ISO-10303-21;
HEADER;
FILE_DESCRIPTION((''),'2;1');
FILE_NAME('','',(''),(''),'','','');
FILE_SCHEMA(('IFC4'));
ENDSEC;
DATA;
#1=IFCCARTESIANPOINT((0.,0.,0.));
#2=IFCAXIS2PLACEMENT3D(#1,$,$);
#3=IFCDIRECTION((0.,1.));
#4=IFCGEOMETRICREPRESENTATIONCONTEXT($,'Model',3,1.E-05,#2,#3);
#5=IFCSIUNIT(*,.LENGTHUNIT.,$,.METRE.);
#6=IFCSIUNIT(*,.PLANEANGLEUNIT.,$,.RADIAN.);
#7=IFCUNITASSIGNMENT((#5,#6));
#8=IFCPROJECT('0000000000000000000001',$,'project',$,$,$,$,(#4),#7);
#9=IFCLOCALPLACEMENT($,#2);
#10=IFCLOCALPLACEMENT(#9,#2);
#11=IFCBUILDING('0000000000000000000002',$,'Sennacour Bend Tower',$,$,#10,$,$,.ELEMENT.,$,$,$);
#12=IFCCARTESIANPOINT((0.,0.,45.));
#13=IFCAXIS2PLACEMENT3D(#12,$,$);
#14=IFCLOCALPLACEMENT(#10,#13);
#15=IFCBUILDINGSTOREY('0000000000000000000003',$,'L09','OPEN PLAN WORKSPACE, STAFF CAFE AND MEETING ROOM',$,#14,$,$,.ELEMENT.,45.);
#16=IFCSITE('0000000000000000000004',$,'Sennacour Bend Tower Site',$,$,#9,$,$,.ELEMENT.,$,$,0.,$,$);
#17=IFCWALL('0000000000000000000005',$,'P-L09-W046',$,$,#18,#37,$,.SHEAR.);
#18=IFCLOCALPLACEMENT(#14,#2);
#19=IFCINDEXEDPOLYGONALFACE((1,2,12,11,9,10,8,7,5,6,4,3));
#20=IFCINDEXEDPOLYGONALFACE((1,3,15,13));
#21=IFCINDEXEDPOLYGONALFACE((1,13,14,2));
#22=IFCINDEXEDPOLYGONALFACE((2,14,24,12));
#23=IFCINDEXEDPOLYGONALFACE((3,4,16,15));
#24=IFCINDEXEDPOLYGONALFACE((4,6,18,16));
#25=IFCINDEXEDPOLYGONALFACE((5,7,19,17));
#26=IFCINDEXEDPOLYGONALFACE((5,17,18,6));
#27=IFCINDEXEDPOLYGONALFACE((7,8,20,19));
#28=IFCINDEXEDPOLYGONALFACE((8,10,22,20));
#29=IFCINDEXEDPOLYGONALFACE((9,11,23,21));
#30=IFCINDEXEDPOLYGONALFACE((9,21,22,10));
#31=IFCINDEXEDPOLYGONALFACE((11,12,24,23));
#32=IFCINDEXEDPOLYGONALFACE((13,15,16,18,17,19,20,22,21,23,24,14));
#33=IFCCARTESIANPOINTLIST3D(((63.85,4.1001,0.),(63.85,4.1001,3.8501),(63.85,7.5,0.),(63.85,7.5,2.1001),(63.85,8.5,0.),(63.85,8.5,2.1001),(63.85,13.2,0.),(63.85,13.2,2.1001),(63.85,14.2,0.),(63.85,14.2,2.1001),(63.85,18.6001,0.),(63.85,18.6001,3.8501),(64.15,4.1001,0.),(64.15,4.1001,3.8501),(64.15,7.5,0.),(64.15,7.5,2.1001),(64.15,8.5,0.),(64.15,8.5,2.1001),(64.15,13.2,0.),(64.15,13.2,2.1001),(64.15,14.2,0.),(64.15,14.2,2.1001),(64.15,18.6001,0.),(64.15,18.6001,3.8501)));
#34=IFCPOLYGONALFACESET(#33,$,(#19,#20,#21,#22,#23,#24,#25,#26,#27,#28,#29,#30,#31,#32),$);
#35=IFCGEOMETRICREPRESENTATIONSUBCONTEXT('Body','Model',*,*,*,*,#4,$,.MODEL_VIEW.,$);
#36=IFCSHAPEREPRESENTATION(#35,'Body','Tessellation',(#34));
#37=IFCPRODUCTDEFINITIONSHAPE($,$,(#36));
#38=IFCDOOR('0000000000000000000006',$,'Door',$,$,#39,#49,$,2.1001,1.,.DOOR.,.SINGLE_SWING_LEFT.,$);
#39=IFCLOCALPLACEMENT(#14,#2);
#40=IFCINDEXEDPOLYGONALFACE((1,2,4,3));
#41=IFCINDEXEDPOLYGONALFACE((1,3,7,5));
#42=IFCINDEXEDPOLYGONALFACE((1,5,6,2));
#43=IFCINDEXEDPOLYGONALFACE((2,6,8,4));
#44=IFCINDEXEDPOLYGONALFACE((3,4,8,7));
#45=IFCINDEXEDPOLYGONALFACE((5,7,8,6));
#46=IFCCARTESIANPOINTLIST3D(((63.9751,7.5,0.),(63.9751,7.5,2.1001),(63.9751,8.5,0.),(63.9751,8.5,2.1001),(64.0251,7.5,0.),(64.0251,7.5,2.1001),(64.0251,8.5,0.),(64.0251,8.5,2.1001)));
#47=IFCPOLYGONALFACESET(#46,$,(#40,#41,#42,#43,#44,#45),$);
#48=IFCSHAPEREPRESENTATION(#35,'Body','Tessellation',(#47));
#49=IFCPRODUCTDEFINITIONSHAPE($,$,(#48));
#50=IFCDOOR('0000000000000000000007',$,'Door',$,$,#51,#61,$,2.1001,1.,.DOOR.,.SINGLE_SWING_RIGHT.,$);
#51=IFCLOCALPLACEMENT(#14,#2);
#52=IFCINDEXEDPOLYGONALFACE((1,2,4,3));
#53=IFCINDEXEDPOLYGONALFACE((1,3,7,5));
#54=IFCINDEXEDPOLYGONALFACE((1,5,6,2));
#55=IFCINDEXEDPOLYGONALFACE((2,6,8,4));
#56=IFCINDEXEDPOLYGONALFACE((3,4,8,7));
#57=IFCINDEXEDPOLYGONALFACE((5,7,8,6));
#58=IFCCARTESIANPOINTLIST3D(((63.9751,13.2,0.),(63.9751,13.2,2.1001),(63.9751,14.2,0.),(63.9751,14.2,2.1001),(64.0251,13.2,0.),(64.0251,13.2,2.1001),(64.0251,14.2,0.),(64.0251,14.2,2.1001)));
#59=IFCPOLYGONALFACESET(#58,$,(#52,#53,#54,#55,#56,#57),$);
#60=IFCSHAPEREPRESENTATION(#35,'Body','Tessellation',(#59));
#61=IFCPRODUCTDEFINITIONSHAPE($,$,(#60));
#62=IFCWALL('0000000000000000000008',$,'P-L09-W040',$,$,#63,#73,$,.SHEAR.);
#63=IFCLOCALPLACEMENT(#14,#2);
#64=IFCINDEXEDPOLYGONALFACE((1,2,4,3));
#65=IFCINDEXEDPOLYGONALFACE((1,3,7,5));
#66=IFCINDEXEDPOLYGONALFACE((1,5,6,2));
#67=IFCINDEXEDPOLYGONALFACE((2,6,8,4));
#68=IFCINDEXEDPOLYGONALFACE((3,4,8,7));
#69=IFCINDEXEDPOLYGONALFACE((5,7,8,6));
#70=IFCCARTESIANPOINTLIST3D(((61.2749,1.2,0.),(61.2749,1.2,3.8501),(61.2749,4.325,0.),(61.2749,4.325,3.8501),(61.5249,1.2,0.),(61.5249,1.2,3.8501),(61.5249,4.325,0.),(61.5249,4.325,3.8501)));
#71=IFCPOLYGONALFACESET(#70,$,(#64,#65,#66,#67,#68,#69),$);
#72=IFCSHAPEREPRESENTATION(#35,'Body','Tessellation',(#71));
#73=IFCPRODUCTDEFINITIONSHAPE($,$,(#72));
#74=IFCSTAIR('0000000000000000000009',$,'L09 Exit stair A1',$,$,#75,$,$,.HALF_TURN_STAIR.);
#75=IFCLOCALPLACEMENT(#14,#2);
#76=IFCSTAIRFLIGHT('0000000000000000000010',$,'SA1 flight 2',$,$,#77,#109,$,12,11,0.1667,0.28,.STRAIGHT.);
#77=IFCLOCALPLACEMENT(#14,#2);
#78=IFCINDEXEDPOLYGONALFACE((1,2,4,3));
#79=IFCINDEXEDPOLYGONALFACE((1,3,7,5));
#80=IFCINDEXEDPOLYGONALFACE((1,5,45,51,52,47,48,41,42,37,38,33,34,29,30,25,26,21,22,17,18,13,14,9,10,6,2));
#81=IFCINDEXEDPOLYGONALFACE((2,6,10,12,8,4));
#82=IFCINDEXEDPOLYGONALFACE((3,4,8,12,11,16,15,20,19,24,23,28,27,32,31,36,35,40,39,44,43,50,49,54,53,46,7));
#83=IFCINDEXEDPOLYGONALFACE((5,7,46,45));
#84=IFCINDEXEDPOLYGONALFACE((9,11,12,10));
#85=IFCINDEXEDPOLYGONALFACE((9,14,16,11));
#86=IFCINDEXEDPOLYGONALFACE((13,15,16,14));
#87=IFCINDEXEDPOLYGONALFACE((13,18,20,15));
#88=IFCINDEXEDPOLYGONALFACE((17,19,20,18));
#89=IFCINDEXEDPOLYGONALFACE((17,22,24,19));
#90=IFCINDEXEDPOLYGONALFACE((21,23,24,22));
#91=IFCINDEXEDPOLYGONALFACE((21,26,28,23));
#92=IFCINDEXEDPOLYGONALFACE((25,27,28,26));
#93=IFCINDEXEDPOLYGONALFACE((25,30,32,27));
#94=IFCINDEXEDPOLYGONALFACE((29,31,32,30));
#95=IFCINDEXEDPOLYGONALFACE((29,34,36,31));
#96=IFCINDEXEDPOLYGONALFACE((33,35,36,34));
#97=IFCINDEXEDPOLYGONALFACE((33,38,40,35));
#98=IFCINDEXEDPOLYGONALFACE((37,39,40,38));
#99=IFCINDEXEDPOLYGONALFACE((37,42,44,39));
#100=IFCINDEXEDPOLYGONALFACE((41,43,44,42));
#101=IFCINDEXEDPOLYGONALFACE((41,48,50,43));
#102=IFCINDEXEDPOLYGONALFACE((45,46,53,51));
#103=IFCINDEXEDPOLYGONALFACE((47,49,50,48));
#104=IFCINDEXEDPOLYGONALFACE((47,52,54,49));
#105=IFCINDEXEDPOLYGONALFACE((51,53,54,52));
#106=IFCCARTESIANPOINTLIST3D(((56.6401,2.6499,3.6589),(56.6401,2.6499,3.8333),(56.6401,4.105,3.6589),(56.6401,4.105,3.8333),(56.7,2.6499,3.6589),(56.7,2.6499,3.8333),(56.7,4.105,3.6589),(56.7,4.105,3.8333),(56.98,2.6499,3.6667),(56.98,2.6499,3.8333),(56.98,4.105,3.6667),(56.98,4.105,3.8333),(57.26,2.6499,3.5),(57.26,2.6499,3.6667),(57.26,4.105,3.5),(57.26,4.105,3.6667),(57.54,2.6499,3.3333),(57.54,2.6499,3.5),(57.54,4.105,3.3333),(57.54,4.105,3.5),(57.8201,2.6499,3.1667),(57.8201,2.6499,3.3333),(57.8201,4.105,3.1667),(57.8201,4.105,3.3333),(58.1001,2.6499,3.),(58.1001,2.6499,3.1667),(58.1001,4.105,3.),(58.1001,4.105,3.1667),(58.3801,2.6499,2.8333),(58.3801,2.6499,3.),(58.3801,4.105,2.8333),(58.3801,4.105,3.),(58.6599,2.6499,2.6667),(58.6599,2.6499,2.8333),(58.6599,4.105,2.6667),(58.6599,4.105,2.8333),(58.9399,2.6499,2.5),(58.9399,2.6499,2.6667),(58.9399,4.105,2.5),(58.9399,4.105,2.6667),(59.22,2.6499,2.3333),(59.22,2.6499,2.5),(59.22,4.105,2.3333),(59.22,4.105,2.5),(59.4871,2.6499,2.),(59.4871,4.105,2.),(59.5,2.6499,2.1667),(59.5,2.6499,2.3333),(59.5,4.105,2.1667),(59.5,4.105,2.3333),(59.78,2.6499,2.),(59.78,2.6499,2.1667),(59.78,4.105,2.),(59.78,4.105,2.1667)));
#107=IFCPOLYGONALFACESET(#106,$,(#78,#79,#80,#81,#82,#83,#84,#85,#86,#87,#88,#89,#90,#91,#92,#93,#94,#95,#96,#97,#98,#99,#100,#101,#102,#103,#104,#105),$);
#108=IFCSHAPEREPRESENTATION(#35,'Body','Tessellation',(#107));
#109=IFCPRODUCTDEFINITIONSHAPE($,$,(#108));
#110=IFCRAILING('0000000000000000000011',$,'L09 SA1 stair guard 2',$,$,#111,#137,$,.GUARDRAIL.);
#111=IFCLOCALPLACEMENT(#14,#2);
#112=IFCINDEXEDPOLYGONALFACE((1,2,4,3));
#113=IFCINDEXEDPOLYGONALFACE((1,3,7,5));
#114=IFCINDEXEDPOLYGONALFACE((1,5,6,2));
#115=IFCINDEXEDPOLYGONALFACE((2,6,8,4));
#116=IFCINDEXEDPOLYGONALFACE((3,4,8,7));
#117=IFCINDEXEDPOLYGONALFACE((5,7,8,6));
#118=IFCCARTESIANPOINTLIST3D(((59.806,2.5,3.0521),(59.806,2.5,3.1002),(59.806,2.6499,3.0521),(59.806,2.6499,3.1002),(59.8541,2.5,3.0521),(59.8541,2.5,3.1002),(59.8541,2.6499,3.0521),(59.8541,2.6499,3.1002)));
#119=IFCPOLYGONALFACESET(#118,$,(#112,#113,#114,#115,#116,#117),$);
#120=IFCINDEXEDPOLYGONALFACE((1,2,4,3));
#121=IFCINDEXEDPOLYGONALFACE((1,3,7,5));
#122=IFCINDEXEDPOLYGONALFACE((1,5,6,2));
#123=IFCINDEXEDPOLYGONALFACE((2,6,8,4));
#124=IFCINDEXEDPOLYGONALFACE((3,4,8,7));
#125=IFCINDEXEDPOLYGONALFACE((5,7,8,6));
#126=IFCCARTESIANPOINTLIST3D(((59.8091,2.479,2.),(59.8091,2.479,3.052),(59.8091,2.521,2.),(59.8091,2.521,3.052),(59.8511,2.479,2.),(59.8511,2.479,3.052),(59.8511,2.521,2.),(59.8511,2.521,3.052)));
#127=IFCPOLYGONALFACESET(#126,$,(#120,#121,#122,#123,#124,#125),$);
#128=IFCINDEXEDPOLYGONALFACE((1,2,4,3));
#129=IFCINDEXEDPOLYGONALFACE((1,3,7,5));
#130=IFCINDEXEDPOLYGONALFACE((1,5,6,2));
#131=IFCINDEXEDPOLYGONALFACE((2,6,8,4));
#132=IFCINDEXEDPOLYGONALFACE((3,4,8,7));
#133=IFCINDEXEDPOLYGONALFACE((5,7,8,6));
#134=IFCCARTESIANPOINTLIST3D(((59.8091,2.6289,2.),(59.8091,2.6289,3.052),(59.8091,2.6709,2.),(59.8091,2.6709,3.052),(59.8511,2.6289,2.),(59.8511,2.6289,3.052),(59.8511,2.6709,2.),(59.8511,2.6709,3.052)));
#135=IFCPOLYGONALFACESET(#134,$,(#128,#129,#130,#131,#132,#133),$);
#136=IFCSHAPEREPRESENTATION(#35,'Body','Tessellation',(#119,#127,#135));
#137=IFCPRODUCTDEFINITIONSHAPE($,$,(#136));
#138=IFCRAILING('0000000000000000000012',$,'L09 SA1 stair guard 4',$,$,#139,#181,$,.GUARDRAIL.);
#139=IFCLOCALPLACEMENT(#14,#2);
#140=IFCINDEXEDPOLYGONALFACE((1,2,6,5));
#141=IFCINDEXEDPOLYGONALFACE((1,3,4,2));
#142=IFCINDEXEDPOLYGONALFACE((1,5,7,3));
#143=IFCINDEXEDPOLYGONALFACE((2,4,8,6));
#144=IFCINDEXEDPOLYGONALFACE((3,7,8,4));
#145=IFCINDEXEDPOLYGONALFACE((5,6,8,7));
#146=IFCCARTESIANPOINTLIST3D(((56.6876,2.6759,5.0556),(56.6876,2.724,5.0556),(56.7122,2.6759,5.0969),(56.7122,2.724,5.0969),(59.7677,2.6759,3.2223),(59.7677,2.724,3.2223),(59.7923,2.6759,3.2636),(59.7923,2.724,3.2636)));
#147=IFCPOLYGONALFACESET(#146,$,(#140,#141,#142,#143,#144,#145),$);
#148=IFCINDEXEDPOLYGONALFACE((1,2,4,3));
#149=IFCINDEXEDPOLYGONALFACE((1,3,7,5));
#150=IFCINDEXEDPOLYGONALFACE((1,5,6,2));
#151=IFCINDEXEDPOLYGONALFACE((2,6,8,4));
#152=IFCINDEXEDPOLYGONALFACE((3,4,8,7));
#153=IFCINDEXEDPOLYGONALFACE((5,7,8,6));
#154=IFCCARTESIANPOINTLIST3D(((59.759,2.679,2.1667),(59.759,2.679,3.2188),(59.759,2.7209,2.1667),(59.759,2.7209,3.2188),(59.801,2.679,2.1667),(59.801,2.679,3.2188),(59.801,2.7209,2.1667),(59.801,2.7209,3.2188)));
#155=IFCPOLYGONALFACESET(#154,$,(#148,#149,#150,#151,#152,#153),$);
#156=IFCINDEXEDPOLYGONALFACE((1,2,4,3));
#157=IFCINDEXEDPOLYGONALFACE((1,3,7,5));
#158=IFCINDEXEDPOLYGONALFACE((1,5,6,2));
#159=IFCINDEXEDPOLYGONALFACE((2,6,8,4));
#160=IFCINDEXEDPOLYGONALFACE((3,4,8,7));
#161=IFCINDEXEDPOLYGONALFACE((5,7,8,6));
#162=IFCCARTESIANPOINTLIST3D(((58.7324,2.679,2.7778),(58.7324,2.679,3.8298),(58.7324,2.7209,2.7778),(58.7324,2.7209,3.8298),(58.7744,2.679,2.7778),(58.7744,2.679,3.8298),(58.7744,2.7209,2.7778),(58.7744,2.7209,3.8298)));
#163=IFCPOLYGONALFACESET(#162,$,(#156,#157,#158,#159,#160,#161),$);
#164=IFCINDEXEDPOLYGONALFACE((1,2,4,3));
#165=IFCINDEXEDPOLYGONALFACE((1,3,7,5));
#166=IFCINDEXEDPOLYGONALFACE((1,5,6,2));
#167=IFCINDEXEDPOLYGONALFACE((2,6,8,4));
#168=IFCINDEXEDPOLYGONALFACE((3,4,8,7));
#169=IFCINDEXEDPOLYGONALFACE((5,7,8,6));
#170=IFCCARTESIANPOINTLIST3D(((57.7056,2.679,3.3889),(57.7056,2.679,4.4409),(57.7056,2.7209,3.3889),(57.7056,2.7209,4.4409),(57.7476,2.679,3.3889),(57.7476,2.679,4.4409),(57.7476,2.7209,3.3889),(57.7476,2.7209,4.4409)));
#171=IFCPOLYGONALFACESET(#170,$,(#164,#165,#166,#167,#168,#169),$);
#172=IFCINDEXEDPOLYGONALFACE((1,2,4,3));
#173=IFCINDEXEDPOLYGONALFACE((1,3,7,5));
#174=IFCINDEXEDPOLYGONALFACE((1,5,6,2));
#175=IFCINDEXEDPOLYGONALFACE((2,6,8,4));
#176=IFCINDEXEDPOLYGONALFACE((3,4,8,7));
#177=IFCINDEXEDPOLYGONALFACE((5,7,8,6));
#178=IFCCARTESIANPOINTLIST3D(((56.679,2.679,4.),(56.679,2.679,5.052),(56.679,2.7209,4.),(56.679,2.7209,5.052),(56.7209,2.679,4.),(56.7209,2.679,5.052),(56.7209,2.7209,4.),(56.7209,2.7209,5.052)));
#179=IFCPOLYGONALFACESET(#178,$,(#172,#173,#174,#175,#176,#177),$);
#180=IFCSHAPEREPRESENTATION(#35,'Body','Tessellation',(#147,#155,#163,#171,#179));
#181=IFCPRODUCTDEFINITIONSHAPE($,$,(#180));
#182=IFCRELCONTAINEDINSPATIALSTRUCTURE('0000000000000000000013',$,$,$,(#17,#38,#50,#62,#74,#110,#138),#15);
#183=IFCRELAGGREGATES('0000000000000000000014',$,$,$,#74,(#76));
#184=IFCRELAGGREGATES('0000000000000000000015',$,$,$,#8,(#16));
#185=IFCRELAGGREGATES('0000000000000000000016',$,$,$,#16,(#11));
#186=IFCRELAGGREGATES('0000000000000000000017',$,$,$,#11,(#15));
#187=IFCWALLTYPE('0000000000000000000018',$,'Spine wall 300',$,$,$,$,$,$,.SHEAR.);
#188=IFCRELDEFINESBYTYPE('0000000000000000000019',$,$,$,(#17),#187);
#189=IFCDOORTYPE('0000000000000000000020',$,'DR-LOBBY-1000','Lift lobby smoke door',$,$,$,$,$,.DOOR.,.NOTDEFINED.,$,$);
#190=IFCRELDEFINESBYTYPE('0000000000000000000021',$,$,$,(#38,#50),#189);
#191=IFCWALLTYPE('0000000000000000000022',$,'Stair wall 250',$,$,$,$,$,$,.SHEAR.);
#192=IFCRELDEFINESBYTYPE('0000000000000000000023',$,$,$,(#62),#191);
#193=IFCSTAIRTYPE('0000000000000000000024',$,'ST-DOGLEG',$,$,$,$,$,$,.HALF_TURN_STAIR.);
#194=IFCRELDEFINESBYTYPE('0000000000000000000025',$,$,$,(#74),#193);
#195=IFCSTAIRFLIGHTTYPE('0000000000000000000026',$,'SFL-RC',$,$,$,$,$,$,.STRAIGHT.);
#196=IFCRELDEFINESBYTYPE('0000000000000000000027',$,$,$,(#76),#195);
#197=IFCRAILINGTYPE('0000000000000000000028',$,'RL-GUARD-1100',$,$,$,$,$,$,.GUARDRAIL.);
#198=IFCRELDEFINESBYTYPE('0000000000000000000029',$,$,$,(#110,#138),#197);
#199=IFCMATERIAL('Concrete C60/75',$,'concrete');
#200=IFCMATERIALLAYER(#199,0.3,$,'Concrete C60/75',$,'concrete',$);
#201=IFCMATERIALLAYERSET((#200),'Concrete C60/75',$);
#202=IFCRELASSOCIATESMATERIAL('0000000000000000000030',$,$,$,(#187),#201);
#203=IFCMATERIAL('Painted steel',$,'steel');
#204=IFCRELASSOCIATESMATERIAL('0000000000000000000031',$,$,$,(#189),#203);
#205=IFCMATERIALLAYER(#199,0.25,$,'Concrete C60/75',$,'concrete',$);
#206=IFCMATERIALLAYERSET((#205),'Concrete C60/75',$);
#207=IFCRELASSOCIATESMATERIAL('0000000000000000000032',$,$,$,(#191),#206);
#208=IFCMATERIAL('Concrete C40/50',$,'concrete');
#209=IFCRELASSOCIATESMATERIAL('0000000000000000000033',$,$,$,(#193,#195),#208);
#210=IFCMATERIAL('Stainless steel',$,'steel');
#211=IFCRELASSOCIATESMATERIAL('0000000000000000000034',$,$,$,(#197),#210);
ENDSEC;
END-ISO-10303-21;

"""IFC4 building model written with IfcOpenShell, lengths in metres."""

from ifc_helpers import new_model, si_unit, direction, frame, frame_2d, origin, origin_2d, place, context, subcontext, project, spatial, polyline, rectangle, outline, extrude, material, layer, layer_set, type_object, element, fill, aggregate, save


model = new_model("IFC4")

# Units and contexts
model_context = context("Model", 3, precision=1e-05, world=origin(), true_north=direction((0.0, 1.0)))
body_context = subcontext(model_context, "Body", "Model", "MODEL_VIEW")
ifc_project = project(units=[si_unit("LENGTHUNIT", "METRE"), si_unit("PLANEANGLEUNIT", "RADIAN")], contexts=[model_context])

# Site, building, storey
site_placement = place(None, origin())
site = spatial("IfcSite", under=ifc_project, at=site_placement, Name="Sennacour Bend Tower Site", CompositionType="ELEMENT", RefElevation=0.0)
building_placement = place(site_placement, origin())
building = spatial("IfcBuilding", under=site, at=building_placement, Name="Sennacour Bend Tower", CompositionType="ELEMENT")
storey_placement = place(building_placement, frame((0.0, 0.0, 45.0)))
storey = spatial("IfcBuildingStorey", under=building, at=storey_placement, Name="L09", Description="OPEN PLAN WORKSPACE, STAFF CAFE AND MEETING ROOM", CompositionType="ELEMENT", Elevation=45.0)

# Shared definitions
ifc_material_1 = material(Name="Painted steel", Category="steel")

# Shared definitions
ifc_material_2 = material(Name="Stainless steel", Category="steel")

# Wall, openings, doors
ifc_material_3 = material(Name="Concrete C60/75", Category="concrete")
ifc_layer_1 = layer(ifc_material_3, 0.3, Name="Concrete C60/75", Category="concrete")
ifc_layer_set_1 = layer_set([ifc_layer_1], Name="Concrete C60/75")
wall_type_1 = type_object("IfcWallType", Name="Spine wall 300", PredefinedType="SHEAR", material=ifc_layer_set_1)
wall_1_placement = place(storey_placement, frame((64.0, 4.1001, 0.0), z_axis=(0.0, 0.0, 1.0), x_axis=(0.0, 1.0, 0.0)))
wall_1 = element("IfcWall", 1, at=wall_1_placement, inside=storey, type_object=wall_type_1, Name="P-L09-W046", PredefinedType="SHEAR", context=body_context, shape_type="SweptSolid", body=[
    extrude(rectangle(XDim=14.5, YDim=0.3, at=frame_2d((7.25, 0.0))), origin(), (0.0, 0.0, 1.0), 3.8501),
])
opening_1_placement = place(wall_1_placement, frame((3.3999, 0.0, 0.0)))
opening_1 = element("IfcOpeningElement", 2, at=opening_1_placement, cuts=wall_1, PredefinedType="OPENING", context=body_context, shape_type="SweptSolid", body=[
    extrude(rectangle(XDim=1.0, YDim=2.1001, at=frame_2d((0.5, 1.05))), frame((0.0, 0.1602, 0.0), z_axis=(0.0, -1.0, 0.0), x_axis=(1.0, 0.0, 0.0)), (0.0, 0.0, 1.0), 0.3201),
])
opening_2_placement = place(wall_1_placement, frame((9.0999, 0.0, 0.0)))
opening_2 = element("IfcOpeningElement", 3, at=opening_2_placement, cuts=wall_1, PredefinedType="OPENING", context=body_context, shape_type="SweptSolid", body=[
    extrude(rectangle(XDim=1.0, YDim=2.1001, at=frame_2d((0.5, 1.05))), frame((0.0, 0.1602, 0.0), z_axis=(0.0, -1.0, 0.0), x_axis=(1.0, 0.0, 0.0)), (0.0, 0.0, 1.0), 0.3201),
])
door_type_1 = type_object("IfcDoorType", Name="DR-LOBBY-1000", Description="Lift lobby smoke door", OperationType="NOTDEFINED", PredefinedType="DOOR", material=ifc_material_1)
door_1_placement = place(opening_1_placement, origin())
door_1 = element("IfcDoor", 4, at=door_1_placement, inside=storey, type_object=door_type_1, Name="Door", OperationType="SINGLE_SWING_LEFT", OverallHeight=2.1001, OverallWidth=1.0, PredefinedType="DOOR", context=body_context, shape_type="SweptSolid", body=[
    extrude(rectangle(XDim=1.0, YDim=2.1001, at=frame_2d((0.5, 1.05))), frame((0.0, 0.0249, 0.0), z_axis=(0.0, -1.0, 0.0), x_axis=(1.0, 0.0, 0.0)), (0.0, 0.0, 1.0), 0.05),
])
fill(opening_1, door_1)
door_2_placement = place(opening_2_placement, origin())
door_2 = element("IfcDoor", 5, at=door_2_placement, inside=storey, type_object=door_type_1, Name="Door", OperationType="SINGLE_SWING_RIGHT", OverallHeight=2.1001, OverallWidth=1.0, PredefinedType="DOOR", context=body_context, shape_type="SweptSolid", body=[
    extrude(rectangle(XDim=1.0, YDim=2.1001, at=frame_2d((0.5, 1.05))), frame((0.0, 0.0249, 0.0), z_axis=(0.0, -1.0, 0.0), x_axis=(1.0, 0.0, 0.0)), (0.0, 0.0, 1.0), 0.05),
])
fill(opening_2, door_2)

# Wall
ifc_layer_2 = layer(ifc_material_3, 0.25, Name="Concrete C60/75", Category="concrete")
ifc_layer_set_2 = layer_set([ifc_layer_2], Name="Concrete C60/75")
wall_type_2 = type_object("IfcWallType", Name="Stair wall 250", PredefinedType="SHEAR", material=ifc_layer_set_2)
wall_2_placement = place(storey_placement, frame((61.3999, 1.2, 0.0), z_axis=(0.0, 0.0, 1.0), x_axis=(0.0, 1.0, 0.0)))
element("IfcWall", 6, at=wall_2_placement, inside=storey, type_object=wall_type_2, Name="P-L09-W040", PredefinedType="SHEAR", context=body_context, shape_type="SweptSolid", body=[
    extrude(rectangle(XDim=3.125, YDim=0.25, at=frame_2d((1.5625, 0.0))), origin(), (0.0, 0.0, 1.0), 3.8501),
])

# Stair, stair flight
ifc_material_4 = material(Name="Concrete C40/50", Category="concrete")
stair_type = type_object("IfcStairType", Name="ST-DOGLEG", PredefinedType="HALF_TURN_STAIR", material=ifc_material_4)
stair_placement = place(storey_placement, origin())
stair = element("IfcStair", 7, at=stair_placement, inside=storey, type_object=stair_type, Name="L09 Exit stair A1", PredefinedType="HALF_TURN_STAIR")
stair_flight_type = type_object("IfcStairFlightType", Name="SFL-RC", PredefinedType="STRAIGHT", material=ifc_material_4)
stair_flight_placement = place(storey_placement, frame((59.78, 3.3774, 2.0), z_axis=(0.0, 0.0, 1.0), x_axis=(-1.0, 0.0, 0.0)))
stair_flight = element("IfcStairFlight", 8, at=stair_flight_placement, type_object=stair_flight_type, Name="SA1 flight 2", NumberOfRisers=12, NumberOfTreads=11, PredefinedType="STRAIGHT", RiserHeight=0.1667, TreadLength=0.28, context=body_context, shape_type="SweptSolid", body=[
    extrude(outline(polyline([(0.0, 0.0), (0.0, 0.1667), (0.28, 0.1667), (0.28, 0.3333), (0.5601, 0.3333), (0.5601, 0.5), (0.8401, 0.5), (0.8401, 0.6667), (1.1201, 0.6667), (1.1201, 0.8333), (1.3999, 0.8333), (1.3999, 1.0), (1.6799, 1.0), (1.6799, 1.1667), (1.96, 1.1667), (1.96, 1.3333), (2.24, 1.3333), (2.24, 1.5), (2.52, 1.5), (2.52, 1.6667), (2.8, 1.6667), (2.8, 1.8333), (3.0801, 1.8333), (3.1399, 1.8333), (3.1399, 1.6589), (3.0801, 1.6589), (0.293, 0.0), (0.0, 0.0)])), frame((0.0, 0.7275, 0.0), z_axis=(0.0, -1.0, 0.0), x_axis=(1.0, 0.0, 0.0)), (0.0, 0.0, 1.0), 1.4551),
])
aggregate(stair, [stair_flight])

# Railings
railing_type_1 = type_object("IfcRailingType", Name="RL-GUARD-1100", PredefinedType="GUARDRAIL", material=ifc_material_2)
railing_1_placement = place(storey_placement, frame((59.8301, 2.5, 2.0)))
element("IfcRailing", 9, at=railing_1_placement, inside=storey, type_object=railing_type_1, Name="L09 SA1 stair guard 2", PredefinedType="GUARDRAIL", context=body_context, shape_type="SweptSolid", body=[
    extrude(rectangle(XDim=0.0481, YDim=0.0481, at=origin_2d()), frame((0.0, 0.0, 1.0762), z_axis=(0.0, 1.0, 0.0), x_axis=(-1.0, 0.0, 0.0)), (0.0, 0.0, 1.0), 0.1499),
    extrude(rectangle(XDim=0.042, YDim=0.042, at=origin_2d()), origin(), (0.0, 0.0, 1.0), 1.052),
    extrude(rectangle(XDim=0.042, YDim=0.042, at=origin_2d()), frame((0.0, 0.1499, 0.0)), (0.0, 0.0, 1.0), 1.052),
])
railing_2_placement = place(storey_placement, frame((59.78, 2.7, 2.1667)))
element("IfcRailing", 10, at=railing_2_placement, inside=storey, type_object=railing_type_1, Name="L09 SA1 stair guard 4", PredefinedType="GUARDRAIL", context=body_context, shape_type="SweptSolid", body=[
    extrude(rectangle(XDim=0.0481, YDim=0.0481, at=origin_2d()), frame((0.0, 0.0, 1.0762), z_axis=(-0.859309, 0.0, 0.511458), x_axis=(0.0, -1.0, 0.0)), (0.0, 0.0, 1.0), 3.5845),
    extrude(rectangle(XDim=0.042, YDim=0.042, at=origin_2d()), origin(), (0.0, 0.0, 1.0), 1.052),
    extrude(rectangle(XDim=0.042, YDim=0.042, at=origin_2d()), frame((-1.0266, 0.0, 0.6111)), (0.0, 0.0, 1.0), 1.052),
    extrude(rectangle(XDim=0.042, YDim=0.042, at=origin_2d()), frame((-2.0535, 0.0, 1.2222)), (0.0, 0.0, 1.0), 1.052),
    extrude(rectangle(XDim=0.042, YDim=0.042, at=origin_2d()), frame((-3.0801, 0.0, 1.8333)), (0.0, 0.0, 1.0), 1.052),
])

save(model, "model.ifc")
